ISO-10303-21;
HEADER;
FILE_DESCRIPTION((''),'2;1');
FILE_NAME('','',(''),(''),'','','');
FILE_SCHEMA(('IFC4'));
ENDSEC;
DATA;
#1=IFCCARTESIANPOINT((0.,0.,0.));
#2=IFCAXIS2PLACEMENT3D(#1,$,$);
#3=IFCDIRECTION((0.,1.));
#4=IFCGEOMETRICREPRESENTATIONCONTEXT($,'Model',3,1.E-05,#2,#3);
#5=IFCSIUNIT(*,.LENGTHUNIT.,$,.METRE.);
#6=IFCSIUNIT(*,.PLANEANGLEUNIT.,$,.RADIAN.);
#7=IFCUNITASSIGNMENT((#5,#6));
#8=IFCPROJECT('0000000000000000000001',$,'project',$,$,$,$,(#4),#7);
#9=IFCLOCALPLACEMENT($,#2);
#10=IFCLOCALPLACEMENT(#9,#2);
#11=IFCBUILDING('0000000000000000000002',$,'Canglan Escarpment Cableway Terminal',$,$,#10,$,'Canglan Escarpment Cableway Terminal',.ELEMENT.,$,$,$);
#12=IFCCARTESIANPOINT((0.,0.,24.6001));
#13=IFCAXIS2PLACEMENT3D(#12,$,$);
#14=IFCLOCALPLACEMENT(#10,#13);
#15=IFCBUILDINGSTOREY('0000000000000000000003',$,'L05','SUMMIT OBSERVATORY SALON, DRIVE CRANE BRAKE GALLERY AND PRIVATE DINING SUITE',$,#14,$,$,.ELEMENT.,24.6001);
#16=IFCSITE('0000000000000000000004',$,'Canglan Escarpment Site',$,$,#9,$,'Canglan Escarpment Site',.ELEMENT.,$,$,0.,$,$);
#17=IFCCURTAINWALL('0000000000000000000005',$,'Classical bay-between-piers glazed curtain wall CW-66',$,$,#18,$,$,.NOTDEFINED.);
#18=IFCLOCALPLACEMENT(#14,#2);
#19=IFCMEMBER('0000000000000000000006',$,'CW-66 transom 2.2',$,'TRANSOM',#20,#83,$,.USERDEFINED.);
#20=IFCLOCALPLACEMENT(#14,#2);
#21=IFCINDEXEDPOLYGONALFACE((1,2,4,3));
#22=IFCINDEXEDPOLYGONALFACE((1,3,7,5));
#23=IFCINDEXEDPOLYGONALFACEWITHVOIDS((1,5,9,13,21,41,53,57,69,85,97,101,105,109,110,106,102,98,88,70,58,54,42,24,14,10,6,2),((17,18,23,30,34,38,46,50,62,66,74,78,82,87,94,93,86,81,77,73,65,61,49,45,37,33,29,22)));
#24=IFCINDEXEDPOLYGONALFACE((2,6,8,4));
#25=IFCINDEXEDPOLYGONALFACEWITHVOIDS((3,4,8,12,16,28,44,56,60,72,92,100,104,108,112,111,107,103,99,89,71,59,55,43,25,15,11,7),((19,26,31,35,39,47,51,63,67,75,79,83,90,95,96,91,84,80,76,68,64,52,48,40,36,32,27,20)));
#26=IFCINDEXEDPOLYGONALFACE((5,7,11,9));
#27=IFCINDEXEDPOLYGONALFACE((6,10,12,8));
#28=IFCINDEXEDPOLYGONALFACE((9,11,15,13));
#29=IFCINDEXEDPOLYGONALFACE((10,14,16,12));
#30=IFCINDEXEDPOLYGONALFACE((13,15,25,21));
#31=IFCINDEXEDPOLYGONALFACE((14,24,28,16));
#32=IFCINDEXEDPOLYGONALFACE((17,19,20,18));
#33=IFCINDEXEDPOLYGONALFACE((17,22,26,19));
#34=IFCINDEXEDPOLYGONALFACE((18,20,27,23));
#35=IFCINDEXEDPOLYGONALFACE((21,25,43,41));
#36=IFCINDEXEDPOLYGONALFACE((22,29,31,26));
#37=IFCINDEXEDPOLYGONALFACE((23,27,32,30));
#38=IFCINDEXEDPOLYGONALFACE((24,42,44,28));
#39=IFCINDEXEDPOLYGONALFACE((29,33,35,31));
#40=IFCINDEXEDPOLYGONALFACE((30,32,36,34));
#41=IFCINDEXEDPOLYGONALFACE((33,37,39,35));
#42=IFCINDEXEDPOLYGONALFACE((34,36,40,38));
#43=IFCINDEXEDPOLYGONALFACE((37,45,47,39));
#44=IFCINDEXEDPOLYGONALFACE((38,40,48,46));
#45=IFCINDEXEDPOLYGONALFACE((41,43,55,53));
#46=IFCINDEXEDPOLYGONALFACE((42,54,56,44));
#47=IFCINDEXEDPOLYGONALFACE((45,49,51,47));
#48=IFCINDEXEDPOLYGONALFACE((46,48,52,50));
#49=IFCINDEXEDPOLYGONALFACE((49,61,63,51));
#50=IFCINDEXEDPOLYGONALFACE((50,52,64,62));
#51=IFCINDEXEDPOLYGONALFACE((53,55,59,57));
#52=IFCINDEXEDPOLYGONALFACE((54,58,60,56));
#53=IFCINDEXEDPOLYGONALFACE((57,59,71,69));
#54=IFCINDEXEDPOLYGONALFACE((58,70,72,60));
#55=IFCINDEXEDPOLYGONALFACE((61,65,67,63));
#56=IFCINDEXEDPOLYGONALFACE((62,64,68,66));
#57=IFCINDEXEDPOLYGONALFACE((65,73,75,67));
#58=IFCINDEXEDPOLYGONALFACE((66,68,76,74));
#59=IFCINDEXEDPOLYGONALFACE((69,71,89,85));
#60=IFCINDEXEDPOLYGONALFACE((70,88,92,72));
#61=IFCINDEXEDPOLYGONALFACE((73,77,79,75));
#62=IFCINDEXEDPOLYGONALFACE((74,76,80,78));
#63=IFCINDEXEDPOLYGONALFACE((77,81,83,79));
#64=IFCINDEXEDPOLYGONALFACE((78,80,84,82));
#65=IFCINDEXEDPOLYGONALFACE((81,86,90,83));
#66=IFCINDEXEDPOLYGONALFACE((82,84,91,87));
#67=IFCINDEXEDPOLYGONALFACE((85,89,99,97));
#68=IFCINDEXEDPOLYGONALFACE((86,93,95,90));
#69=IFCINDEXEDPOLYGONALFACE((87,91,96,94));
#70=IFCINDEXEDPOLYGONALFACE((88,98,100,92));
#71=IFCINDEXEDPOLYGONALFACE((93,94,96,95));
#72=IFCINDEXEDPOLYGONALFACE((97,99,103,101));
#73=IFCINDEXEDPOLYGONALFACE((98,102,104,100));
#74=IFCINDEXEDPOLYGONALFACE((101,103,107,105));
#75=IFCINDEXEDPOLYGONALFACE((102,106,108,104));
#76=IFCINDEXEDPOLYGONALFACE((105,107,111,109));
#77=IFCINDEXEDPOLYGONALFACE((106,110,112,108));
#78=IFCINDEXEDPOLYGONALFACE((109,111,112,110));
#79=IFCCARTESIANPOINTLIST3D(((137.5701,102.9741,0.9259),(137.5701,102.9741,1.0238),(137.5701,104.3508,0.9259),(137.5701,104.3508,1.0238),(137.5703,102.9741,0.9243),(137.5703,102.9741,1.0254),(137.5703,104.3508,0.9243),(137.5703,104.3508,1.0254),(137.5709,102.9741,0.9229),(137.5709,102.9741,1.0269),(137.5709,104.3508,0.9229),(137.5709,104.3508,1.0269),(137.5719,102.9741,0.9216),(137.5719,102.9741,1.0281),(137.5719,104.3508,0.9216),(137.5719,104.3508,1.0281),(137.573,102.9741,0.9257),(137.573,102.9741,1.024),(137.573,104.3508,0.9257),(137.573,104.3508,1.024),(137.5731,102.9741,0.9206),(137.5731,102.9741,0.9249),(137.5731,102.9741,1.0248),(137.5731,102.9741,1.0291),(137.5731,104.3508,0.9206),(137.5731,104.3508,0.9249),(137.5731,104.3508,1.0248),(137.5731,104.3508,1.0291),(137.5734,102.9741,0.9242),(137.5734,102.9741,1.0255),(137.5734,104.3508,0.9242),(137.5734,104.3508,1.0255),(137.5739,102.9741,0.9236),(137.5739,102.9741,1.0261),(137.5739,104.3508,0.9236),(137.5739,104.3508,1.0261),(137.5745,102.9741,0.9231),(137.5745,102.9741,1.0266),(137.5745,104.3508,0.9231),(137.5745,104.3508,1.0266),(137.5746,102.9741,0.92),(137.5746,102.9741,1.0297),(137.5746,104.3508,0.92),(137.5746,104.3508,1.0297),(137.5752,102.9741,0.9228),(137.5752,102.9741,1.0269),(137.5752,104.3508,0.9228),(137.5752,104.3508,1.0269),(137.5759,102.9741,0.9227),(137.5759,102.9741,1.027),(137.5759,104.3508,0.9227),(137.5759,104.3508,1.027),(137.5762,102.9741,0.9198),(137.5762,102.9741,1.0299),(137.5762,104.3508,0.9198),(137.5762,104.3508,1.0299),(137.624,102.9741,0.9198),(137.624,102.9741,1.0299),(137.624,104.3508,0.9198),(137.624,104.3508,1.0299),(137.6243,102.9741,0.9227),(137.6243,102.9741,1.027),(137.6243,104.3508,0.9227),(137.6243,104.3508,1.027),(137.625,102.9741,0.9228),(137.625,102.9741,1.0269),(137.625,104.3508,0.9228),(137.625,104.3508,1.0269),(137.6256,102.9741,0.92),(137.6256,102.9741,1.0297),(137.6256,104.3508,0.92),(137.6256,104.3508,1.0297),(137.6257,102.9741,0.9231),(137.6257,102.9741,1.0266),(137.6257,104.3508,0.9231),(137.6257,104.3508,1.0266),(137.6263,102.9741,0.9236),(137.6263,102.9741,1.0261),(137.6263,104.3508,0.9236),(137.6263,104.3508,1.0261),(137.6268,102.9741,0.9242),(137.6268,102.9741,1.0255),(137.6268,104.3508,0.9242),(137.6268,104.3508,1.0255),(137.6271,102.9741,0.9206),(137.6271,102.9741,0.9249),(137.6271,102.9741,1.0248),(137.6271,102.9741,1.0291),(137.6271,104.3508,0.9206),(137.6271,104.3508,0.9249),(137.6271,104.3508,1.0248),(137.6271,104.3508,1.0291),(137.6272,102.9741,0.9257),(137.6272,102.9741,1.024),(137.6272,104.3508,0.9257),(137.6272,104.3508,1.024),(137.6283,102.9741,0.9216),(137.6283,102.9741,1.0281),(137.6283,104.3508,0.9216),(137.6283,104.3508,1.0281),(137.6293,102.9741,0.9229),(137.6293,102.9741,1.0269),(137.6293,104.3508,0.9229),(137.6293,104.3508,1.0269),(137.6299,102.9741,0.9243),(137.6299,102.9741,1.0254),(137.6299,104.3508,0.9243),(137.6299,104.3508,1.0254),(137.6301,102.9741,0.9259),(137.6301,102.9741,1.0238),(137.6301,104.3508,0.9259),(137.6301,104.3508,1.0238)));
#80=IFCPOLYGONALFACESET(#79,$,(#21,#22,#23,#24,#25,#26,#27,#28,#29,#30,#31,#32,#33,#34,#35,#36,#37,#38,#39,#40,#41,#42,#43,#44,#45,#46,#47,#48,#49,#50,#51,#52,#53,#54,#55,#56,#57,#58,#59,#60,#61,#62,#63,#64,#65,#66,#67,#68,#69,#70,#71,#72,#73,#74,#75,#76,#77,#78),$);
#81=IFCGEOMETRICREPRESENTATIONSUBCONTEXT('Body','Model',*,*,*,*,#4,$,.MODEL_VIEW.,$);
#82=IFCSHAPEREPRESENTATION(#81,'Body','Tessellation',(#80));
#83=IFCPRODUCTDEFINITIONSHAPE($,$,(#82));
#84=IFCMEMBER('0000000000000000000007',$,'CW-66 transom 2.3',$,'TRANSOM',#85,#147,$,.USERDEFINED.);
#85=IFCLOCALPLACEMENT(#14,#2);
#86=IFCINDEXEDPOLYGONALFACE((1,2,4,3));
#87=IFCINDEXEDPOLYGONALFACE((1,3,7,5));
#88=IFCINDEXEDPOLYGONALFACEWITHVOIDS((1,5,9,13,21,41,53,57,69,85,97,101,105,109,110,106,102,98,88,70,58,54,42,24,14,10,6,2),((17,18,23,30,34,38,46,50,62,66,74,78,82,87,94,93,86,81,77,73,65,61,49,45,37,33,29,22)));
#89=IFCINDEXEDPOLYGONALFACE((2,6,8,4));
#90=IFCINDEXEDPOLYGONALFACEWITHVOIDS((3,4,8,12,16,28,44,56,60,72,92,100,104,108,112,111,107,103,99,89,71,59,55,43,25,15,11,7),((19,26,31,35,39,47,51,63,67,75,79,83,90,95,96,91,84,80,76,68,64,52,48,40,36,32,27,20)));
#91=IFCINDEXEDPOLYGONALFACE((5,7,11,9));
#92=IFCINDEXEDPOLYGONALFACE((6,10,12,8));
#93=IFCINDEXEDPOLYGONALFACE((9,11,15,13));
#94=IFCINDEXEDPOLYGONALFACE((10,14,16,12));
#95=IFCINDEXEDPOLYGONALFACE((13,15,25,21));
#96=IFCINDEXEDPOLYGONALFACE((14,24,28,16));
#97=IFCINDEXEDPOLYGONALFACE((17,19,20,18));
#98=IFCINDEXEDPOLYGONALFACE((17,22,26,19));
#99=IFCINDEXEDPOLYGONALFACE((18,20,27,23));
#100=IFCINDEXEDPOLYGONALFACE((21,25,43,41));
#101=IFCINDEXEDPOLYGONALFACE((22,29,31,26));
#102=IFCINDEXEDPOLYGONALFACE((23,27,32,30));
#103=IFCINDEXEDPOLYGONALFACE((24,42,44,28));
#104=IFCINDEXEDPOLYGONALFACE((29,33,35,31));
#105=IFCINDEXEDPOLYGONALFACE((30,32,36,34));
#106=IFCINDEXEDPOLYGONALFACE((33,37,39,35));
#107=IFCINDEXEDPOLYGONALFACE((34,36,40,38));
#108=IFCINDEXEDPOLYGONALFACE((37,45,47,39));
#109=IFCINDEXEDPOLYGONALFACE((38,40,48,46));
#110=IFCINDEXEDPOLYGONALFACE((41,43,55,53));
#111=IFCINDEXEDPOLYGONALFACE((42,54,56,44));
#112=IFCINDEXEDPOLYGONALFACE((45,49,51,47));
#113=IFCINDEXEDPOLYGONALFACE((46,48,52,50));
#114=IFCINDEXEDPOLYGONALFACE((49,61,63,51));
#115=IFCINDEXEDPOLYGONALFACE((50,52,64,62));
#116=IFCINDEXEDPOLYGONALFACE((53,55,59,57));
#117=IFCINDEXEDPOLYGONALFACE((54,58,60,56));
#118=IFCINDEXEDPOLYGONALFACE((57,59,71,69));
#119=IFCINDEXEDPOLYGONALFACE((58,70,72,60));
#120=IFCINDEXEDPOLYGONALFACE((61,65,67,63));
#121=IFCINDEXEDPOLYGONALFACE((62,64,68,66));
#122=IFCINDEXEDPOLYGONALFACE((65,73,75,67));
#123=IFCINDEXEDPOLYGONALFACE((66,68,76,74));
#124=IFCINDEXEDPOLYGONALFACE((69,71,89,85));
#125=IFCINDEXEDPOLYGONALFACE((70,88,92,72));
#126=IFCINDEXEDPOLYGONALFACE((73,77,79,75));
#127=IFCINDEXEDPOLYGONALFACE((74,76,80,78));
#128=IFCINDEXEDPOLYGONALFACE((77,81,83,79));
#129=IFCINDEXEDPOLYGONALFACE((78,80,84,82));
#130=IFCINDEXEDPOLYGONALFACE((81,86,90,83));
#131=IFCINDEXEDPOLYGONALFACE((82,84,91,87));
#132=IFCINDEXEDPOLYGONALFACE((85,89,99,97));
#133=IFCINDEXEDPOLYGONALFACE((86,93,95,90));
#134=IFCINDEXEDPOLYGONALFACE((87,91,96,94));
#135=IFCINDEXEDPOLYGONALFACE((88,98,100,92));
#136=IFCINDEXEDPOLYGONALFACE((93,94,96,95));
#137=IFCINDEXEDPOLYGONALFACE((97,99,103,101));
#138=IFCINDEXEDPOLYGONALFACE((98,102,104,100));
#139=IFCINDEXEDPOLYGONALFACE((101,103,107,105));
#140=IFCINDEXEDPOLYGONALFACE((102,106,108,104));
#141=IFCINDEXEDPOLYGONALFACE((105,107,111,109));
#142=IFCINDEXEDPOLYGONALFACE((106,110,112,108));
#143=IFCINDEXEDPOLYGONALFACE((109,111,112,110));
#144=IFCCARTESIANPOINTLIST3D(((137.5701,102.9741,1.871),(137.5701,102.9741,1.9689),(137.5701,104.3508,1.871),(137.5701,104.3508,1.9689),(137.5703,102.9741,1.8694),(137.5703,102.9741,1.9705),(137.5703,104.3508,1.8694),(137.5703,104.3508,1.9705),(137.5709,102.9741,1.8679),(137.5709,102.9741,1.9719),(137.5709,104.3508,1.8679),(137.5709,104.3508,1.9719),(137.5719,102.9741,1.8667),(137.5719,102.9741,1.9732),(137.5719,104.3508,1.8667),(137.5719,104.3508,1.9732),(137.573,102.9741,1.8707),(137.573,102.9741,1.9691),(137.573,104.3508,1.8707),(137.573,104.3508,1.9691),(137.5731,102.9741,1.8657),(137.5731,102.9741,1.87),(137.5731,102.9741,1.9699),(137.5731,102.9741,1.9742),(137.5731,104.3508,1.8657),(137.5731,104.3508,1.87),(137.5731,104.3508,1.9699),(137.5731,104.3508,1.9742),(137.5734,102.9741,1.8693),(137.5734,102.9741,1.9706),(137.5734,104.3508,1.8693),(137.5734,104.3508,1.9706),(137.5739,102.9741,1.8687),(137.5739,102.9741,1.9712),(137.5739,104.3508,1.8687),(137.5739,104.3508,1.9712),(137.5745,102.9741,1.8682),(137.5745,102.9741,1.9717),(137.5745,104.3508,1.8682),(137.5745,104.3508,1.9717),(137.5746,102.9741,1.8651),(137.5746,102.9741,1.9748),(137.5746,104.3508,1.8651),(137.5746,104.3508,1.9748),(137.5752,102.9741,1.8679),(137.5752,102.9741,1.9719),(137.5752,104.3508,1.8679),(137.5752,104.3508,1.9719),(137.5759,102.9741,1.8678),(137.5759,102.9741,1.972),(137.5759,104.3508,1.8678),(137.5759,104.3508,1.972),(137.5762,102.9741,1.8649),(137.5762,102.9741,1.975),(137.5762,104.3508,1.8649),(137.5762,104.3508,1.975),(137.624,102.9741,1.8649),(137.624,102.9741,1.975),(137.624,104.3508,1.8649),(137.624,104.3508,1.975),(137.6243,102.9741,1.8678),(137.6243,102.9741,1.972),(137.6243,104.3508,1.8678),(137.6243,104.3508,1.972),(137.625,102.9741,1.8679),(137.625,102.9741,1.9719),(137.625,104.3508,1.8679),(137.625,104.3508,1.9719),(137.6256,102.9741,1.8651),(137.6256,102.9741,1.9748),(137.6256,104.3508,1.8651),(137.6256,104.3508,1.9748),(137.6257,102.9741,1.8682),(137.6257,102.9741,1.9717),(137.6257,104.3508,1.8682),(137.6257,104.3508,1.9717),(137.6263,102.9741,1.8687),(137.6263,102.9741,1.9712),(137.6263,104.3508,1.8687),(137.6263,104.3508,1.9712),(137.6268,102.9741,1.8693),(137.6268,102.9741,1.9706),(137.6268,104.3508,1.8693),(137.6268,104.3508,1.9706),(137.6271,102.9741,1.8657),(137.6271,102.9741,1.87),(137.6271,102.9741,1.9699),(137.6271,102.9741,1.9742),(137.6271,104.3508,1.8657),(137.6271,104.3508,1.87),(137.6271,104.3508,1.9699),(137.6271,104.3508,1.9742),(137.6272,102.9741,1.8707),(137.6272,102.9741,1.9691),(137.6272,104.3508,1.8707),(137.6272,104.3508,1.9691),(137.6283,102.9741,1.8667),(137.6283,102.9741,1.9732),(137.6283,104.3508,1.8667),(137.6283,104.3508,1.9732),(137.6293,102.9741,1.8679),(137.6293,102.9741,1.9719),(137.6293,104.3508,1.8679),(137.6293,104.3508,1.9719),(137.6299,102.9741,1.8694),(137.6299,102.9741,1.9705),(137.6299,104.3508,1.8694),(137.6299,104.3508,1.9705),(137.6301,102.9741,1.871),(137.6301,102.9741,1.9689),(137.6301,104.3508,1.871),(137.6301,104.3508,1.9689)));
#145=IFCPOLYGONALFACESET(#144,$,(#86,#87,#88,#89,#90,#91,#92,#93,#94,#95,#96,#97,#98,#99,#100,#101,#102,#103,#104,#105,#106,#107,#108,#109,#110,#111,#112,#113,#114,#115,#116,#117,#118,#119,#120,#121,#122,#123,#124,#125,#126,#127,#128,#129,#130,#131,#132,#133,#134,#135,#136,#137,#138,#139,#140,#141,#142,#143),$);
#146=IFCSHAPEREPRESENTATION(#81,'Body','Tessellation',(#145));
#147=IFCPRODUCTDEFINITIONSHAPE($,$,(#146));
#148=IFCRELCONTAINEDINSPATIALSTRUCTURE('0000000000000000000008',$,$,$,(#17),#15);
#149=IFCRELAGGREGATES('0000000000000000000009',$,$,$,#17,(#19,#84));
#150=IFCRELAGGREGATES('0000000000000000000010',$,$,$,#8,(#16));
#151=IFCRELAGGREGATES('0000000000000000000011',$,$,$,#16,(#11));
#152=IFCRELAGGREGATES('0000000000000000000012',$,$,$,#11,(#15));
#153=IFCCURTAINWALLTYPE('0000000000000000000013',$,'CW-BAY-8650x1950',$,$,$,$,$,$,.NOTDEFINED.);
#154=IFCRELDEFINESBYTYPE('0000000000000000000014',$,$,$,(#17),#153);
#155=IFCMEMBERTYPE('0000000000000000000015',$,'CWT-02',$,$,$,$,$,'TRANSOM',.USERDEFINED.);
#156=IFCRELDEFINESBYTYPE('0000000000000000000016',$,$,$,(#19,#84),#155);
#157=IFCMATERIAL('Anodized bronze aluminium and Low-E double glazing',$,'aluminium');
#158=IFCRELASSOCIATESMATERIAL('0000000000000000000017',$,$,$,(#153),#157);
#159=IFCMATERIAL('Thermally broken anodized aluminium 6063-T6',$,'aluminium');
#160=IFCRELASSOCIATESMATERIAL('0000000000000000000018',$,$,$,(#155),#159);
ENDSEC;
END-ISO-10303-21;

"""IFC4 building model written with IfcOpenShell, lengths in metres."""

from ifc_helpers import new_model, si_unit, direction, frame, origin, origin_2d, place, context, subcontext, project, spatial, hollow_rectangle, extrude, material, material_profile, profile_set, type_object, element, aggregate, save


model = new_model("IFC4")

# Units and contexts
model_context = context("Model", 3, precision=1e-05, world=origin(), true_north=direction((0.0, 1.0)))
body_context = subcontext(model_context, "Body", "Model", "MODEL_VIEW")
ifc_project = project(units=[si_unit("LENGTHUNIT", "METRE"), si_unit("PLANEANGLEUNIT", "RADIAN")], contexts=[model_context])

# Site, building, storey
site_placement = place(None, origin())
site = spatial("IfcSite", under=ifc_project, at=site_placement, Name="Canglan Escarpment Site", LongName="Canglan Escarpment Site", CompositionType="ELEMENT", RefElevation=0.0)
building_placement = place(site_placement, origin())
building = spatial("IfcBuilding", under=site, at=building_placement, Name="Canglan Escarpment Cableway Terminal", LongName="Canglan Escarpment Cableway Terminal", CompositionType="ELEMENT")
storey_placement = place(building_placement, frame((0.0, 0.0, 24.6001)))
storey = spatial("IfcBuildingStorey", under=building, at=storey_placement, Name="L05", Description="SUMMIT OBSERVATORY SALON, DRIVE CRANE BRAKE GALLERY AND PRIVATE DINING SUITE", CompositionType="ELEMENT", Elevation=24.6001)

# Curtain wall, members
ifc_material_1 = material(Name="Anodized bronze aluminium and Low-E double glazing", Category="aluminium")
curtain_wall_type = type_object("IfcCurtainWallType", Name="CW-BAY-8650x1950", PredefinedType="NOTDEFINED", material=ifc_material_1)
curtain_wall_placement = place(storey_placement, origin())
curtain_wall = element("IfcCurtainWall", 1, at=curtain_wall_placement, inside=storey, type_object=curtain_wall_type, Name="Classical bay-between-piers glazed curtain wall CW-66", PredefinedType="NOTDEFINED")
ifc_material_2 = material(Name="Thermally broken anodized aluminium 6063-T6", Category="aluminium")
ifc_material_profile_1 = material_profile(ifc_material_2, hollow_rectangle(XDim=0.0601, YDim=0.1101, WallThickness=0.0029, InnerFilletRadius=0.0029, OuterFilletRadius=0.0061, at=origin_2d()), Name="ALU-TRAN 60x110x3")
ifc_profile_set_1 = profile_set([ifc_material_profile_1], Name="Thermally broken anodized aluminium 6063-T6")
member_type_1 = type_object("IfcMemberType", Name="CWT-02", ElementType="TRANSOM", PredefinedType="USERDEFINED", material=ifc_profile_set_1)
member_1_placement = place(storey_placement, frame((137.6001, 104.3508, 0.9749), z_axis=(0.0, -1.0, 0.0), x_axis=(1.0, 0.0, 0.0)))
member_1 = element("IfcMember", 2, at=member_1_placement, type_object=member_type_1, Name="CW-66 transom 2.2", ObjectType="TRANSOM", PredefinedType="USERDEFINED", context=body_context, shape_type="SweptSolid", body=[
    extrude(hollow_rectangle(XDim=0.0601, YDim=0.1101, WallThickness=0.0029, InnerFilletRadius=0.0029, OuterFilletRadius=0.0061, at=origin_2d()), origin(), (0.0, 0.0, 1.0), 1.3767),
])
member_2_placement = place(storey_placement, frame((137.6001, 104.3508, 1.9199), z_axis=(0.0, -1.0, 0.0), x_axis=(1.0, 0.0, 0.0)))
member_2 = element("IfcMember", 3, at=member_2_placement, type_object=member_type_1, Name="CW-66 transom 2.3", ObjectType="TRANSOM", PredefinedType="USERDEFINED", context=body_context, shape_type="SweptSolid", body=[
    extrude(hollow_rectangle(XDim=0.0601, YDim=0.1101, WallThickness=0.0029, InnerFilletRadius=0.0029, OuterFilletRadius=0.0061, at=origin_2d()), origin(), (0.0, 0.0, 1.0), 1.3767),
])

aggregate(curtain_wall, [member_1, member_2])

save(model, "model.ifc")
